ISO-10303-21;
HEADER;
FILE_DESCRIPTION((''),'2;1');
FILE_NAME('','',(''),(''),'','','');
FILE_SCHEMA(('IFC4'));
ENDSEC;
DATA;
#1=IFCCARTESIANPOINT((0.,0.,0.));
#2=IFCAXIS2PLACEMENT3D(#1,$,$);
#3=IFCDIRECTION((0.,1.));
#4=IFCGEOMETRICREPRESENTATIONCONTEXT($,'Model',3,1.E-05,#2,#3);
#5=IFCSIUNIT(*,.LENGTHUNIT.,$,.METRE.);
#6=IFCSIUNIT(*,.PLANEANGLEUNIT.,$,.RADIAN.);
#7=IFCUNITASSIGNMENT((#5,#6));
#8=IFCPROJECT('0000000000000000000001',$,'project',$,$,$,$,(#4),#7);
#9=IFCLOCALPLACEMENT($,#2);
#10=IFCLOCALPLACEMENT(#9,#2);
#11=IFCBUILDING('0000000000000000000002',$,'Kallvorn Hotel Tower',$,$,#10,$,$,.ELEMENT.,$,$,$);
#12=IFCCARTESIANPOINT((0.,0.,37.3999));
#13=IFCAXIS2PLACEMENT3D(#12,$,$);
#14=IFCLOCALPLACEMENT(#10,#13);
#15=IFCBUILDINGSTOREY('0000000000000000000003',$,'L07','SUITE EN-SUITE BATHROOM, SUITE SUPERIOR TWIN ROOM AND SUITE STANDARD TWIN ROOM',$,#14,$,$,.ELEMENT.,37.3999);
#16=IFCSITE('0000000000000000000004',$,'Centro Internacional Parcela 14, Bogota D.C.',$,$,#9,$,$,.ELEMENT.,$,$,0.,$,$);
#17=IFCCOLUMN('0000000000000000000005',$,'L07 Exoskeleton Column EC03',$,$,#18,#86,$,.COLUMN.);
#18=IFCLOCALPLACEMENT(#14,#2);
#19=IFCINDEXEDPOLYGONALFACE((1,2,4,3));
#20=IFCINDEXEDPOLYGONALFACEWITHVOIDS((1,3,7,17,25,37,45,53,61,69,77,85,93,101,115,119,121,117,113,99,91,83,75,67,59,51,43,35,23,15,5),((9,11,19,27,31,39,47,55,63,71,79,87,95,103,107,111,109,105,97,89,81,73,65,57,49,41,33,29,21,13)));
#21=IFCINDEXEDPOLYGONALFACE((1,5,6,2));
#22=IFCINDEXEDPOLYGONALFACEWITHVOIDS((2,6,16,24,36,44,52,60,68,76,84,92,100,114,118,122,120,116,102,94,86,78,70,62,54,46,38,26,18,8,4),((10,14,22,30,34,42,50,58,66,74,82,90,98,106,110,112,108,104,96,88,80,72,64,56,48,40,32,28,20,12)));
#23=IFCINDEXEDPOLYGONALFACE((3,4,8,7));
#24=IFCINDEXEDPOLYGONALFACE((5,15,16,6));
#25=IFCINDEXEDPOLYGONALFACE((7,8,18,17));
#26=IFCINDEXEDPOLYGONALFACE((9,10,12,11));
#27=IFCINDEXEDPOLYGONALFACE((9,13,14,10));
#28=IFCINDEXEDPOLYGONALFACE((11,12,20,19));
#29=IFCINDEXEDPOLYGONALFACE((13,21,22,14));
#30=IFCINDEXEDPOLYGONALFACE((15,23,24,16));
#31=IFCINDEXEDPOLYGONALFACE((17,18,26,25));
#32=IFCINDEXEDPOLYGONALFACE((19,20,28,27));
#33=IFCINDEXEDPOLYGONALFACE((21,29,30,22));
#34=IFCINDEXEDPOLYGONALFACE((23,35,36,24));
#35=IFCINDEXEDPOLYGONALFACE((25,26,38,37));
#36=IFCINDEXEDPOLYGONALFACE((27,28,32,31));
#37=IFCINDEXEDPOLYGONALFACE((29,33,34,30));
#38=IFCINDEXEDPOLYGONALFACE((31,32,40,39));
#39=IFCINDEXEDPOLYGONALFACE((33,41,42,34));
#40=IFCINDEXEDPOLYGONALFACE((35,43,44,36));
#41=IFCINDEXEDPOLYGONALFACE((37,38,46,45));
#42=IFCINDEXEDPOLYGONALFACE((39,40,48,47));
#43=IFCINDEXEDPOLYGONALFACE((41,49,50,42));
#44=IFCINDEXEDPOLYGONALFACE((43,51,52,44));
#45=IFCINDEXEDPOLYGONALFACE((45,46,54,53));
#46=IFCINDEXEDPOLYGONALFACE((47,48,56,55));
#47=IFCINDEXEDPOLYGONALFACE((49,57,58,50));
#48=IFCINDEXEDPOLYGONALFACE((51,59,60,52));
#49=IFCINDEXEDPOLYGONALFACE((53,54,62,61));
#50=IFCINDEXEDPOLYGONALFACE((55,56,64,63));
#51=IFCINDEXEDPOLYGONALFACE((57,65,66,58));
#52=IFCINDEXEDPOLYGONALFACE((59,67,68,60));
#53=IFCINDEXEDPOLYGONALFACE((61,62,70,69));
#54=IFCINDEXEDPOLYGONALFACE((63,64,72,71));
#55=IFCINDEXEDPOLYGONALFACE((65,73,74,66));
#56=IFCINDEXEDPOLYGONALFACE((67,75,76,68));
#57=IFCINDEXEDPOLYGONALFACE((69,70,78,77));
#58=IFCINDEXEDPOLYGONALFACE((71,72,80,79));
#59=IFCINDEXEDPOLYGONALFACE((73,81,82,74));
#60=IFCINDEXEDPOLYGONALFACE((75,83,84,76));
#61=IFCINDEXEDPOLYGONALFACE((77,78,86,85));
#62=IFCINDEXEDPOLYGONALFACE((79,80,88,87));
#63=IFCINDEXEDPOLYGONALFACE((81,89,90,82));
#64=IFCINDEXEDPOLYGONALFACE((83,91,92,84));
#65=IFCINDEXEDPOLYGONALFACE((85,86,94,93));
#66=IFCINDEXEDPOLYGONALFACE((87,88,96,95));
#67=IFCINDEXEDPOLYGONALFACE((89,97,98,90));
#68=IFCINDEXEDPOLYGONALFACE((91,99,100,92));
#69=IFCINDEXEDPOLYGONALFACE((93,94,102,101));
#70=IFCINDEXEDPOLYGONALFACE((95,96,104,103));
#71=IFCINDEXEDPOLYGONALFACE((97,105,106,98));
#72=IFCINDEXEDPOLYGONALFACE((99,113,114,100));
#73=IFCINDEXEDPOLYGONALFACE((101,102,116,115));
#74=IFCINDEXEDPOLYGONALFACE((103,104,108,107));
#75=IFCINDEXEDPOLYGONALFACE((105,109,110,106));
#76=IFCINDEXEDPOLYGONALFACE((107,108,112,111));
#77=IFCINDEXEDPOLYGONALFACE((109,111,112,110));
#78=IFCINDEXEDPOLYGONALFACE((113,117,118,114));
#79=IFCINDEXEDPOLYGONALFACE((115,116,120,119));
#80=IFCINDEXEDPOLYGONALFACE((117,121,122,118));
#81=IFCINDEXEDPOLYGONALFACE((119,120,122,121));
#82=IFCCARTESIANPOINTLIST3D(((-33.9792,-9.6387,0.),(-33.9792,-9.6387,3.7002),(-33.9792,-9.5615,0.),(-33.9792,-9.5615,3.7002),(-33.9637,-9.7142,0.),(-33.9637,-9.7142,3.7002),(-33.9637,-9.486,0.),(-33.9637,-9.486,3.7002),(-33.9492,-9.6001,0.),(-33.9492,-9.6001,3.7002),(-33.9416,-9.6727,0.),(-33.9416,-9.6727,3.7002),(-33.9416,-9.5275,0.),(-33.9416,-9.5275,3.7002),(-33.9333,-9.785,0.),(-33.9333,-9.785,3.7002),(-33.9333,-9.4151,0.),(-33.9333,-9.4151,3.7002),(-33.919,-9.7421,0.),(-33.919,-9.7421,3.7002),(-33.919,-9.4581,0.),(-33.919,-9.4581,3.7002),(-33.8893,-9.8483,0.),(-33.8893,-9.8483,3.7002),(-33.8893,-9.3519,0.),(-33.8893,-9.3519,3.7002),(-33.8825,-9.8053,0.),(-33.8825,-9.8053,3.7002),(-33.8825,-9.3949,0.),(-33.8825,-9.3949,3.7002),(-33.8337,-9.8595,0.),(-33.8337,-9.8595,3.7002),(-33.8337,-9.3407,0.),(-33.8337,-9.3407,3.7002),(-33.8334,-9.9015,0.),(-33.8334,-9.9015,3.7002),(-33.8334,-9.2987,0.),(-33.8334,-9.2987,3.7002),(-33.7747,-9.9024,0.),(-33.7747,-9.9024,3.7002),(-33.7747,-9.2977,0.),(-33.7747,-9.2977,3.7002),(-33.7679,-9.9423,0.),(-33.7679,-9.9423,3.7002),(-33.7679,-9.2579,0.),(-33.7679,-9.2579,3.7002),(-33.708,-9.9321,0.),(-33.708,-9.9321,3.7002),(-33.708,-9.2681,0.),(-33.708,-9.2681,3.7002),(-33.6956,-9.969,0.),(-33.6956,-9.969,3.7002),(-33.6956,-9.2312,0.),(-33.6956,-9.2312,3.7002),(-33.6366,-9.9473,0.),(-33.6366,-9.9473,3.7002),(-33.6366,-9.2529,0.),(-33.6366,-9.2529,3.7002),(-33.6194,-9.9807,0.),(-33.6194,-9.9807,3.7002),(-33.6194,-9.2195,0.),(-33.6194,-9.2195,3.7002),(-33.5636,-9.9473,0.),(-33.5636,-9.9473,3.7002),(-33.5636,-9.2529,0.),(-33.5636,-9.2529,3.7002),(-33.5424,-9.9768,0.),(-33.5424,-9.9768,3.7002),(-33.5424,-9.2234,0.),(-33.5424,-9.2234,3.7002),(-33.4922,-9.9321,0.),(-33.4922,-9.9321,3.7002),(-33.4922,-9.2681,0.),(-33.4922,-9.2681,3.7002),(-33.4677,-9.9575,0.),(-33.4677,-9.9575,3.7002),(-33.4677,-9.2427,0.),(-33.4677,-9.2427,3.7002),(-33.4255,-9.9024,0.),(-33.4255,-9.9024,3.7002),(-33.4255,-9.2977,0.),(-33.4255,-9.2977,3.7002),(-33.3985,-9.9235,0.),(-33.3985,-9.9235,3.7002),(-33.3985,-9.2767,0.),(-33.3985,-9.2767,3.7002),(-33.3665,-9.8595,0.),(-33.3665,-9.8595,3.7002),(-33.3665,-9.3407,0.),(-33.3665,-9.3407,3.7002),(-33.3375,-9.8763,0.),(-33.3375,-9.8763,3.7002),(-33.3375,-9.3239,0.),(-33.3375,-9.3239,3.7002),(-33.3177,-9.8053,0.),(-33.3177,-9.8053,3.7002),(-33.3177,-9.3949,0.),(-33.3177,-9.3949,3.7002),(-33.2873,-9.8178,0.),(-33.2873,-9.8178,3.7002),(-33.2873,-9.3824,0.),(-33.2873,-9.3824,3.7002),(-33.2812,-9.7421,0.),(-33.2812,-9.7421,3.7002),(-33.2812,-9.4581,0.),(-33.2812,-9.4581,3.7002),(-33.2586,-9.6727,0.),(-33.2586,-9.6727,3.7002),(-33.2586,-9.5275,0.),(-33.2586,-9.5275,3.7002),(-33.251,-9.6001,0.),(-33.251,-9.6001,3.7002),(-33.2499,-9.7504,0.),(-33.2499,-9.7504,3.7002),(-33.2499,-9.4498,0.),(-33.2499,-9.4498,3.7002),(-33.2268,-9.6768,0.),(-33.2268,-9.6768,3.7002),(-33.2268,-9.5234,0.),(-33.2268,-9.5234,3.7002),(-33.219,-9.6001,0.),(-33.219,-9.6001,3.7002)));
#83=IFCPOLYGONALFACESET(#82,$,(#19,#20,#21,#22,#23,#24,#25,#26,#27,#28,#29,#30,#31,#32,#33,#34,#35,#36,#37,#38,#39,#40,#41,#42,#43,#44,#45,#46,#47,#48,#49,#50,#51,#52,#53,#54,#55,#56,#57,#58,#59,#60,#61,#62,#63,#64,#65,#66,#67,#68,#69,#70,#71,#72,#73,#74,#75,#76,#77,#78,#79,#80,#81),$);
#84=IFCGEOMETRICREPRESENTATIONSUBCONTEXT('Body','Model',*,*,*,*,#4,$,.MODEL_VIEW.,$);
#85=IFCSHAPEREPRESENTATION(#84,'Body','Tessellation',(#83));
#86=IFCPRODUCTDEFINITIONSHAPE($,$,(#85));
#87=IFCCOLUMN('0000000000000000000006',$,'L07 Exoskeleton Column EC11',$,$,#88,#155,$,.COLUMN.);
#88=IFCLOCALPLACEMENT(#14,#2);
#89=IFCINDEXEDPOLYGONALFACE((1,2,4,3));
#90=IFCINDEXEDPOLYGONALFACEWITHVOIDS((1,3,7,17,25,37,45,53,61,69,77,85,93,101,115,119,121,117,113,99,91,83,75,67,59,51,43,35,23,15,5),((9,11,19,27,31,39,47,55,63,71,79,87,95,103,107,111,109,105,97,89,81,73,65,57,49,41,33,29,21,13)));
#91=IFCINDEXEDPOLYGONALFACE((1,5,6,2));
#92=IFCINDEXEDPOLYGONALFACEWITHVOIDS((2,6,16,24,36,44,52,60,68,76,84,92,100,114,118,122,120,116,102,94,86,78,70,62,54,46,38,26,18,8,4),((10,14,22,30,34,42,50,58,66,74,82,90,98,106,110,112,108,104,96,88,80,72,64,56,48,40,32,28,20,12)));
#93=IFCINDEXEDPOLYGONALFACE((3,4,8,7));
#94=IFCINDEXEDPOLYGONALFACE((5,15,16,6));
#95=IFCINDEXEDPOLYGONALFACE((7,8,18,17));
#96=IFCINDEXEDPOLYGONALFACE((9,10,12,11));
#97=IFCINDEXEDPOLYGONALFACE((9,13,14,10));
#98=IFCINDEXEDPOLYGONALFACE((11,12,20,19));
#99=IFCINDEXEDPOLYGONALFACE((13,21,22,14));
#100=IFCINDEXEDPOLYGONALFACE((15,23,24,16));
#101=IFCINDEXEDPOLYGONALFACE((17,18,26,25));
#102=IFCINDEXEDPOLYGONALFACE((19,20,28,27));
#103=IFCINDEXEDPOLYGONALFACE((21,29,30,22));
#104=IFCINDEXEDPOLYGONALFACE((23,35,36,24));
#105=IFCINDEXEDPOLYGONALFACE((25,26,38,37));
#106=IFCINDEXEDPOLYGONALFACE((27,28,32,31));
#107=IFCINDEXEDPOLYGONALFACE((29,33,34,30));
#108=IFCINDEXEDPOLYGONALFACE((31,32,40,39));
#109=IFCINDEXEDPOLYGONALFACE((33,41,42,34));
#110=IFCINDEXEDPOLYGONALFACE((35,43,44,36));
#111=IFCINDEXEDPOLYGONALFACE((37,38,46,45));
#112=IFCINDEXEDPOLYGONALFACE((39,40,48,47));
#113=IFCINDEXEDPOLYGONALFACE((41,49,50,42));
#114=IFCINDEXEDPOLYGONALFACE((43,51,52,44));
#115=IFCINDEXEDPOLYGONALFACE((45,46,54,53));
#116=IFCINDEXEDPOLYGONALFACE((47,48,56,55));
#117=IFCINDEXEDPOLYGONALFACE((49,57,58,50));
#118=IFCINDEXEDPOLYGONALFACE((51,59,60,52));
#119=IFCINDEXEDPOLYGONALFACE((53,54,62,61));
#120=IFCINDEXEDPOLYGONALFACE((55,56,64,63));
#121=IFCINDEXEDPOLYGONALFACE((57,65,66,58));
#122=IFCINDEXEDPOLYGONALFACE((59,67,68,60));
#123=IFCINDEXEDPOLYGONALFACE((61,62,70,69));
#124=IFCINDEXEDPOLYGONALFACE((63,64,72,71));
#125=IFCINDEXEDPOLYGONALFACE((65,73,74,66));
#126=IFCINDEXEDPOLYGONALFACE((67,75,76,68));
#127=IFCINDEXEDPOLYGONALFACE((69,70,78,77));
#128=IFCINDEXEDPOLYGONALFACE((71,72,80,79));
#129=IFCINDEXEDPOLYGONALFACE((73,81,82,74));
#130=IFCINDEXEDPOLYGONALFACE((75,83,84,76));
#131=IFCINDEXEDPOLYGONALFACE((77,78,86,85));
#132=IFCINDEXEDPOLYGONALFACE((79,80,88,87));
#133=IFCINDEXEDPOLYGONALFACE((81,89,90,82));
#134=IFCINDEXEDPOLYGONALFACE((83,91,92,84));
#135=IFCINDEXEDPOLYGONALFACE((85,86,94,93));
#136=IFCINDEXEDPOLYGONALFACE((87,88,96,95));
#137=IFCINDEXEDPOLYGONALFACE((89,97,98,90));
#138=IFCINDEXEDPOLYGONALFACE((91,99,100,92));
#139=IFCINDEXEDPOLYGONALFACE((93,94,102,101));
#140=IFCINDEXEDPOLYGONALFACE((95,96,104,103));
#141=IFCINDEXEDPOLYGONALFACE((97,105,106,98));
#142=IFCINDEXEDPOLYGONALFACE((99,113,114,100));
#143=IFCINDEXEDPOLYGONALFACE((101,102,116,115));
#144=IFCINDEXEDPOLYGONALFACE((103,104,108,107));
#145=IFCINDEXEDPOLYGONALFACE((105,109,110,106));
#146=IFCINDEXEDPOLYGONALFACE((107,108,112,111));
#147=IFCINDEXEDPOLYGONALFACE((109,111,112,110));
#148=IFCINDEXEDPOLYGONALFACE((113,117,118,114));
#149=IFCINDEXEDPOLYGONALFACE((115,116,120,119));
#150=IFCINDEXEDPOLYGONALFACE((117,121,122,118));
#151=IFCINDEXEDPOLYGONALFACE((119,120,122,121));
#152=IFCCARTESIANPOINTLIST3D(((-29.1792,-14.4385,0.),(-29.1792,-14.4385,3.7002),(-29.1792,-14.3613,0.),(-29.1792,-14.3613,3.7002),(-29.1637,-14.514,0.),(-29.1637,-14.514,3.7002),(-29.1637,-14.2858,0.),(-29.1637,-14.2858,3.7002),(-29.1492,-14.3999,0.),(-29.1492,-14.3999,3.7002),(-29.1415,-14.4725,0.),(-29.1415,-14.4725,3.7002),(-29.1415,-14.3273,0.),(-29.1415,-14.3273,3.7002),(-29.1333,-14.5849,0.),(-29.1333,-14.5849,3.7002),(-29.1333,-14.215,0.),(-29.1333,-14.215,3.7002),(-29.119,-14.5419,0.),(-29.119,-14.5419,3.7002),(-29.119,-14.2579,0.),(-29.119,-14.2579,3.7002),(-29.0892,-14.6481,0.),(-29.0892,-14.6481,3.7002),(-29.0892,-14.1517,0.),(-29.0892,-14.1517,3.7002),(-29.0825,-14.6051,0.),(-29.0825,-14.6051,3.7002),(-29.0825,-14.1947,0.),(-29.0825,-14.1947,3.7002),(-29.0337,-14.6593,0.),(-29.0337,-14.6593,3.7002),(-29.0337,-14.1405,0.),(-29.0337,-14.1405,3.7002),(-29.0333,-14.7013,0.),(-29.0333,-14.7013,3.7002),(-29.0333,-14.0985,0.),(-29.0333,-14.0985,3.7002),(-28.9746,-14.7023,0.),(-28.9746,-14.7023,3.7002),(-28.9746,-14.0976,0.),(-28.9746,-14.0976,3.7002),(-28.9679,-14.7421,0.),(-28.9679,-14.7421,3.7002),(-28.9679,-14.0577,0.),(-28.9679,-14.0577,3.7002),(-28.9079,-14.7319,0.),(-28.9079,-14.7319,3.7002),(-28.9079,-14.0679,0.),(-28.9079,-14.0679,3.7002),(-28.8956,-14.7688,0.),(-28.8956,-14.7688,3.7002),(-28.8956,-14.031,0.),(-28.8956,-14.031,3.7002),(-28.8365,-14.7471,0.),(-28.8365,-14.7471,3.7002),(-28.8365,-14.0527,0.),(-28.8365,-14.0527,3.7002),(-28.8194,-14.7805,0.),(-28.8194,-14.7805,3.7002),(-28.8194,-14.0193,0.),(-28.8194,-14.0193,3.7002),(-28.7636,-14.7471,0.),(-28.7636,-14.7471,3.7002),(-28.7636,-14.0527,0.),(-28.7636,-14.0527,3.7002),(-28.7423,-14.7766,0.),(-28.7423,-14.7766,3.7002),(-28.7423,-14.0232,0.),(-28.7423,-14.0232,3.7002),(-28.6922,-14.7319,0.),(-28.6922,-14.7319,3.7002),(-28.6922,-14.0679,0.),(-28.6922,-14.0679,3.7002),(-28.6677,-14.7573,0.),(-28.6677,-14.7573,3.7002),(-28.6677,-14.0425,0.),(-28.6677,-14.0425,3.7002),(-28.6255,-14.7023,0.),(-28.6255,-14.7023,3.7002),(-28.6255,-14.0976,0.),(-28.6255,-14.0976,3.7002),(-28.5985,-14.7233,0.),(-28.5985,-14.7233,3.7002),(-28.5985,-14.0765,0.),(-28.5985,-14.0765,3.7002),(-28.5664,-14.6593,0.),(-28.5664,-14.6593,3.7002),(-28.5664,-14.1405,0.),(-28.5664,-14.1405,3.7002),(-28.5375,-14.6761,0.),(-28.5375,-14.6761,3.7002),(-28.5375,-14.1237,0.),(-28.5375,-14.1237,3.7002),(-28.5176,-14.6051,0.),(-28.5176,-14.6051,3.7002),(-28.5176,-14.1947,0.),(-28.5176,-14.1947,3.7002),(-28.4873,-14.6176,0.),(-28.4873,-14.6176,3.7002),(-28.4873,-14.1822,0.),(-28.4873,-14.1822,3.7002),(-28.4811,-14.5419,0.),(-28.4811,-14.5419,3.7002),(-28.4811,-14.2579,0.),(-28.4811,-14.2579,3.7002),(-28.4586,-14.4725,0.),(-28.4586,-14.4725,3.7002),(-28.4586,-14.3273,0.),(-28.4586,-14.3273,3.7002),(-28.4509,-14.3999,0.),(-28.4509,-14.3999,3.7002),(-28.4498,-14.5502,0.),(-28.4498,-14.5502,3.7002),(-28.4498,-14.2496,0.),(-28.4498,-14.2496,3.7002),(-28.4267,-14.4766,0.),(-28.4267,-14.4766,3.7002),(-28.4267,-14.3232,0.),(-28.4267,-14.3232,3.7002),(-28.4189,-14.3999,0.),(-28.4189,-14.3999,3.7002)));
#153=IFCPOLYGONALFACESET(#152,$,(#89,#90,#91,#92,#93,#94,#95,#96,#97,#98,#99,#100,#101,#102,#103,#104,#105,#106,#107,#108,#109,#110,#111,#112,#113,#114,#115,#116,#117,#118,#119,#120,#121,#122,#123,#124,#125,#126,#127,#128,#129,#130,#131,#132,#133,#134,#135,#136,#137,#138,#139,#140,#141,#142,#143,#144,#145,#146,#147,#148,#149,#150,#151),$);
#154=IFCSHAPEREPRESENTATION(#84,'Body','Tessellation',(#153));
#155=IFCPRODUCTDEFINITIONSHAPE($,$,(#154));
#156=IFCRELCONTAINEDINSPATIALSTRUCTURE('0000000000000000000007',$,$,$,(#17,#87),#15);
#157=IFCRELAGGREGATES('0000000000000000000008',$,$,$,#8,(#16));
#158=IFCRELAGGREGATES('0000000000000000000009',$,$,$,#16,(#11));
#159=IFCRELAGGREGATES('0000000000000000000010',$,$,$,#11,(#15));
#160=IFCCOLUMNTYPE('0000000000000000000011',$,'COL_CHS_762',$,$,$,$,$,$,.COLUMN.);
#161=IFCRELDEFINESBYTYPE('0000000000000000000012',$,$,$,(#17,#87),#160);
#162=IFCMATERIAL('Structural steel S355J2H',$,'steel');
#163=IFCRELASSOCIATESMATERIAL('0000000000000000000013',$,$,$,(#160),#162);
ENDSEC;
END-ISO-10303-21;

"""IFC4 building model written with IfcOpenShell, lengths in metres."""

from ifc_helpers import new_model, si_unit, direction, frame, origin, origin_2d, place, context, subcontext, project, spatial, hollow_circle, extrude, material, material_profile, profile_set, type_object, element, save


model = new_model("IFC4")

# Units and contexts
model_context = context("Model", 3, precision=1e-05, world=origin(), true_north=direction((0.0, 1.0)))
body_context = subcontext(model_context, "Body", "Model", "MODEL_VIEW")
ifc_project = project(units=[si_unit("LENGTHUNIT", "METRE"), si_unit("PLANEANGLEUNIT", "RADIAN")], contexts=[model_context])

# Site, building, storey
site_placement = place(None, origin())
site = spatial("IfcSite", under=ifc_project, at=site_placement, Name="Centro Internacional Parcela 14, Bogota D.C.", CompositionType="ELEMENT", RefElevation=0.0)
building_placement = place(site_placement, origin())
building = spatial("IfcBuilding", under=site, at=building_placement, Name="Kallvorn Hotel Tower", CompositionType="ELEMENT")
storey_placement = place(building_placement, frame((0.0, 0.0, 37.3999)))
storey = spatial("IfcBuildingStorey", under=building, at=storey_placement, Name="L07", Description="SUITE EN-SUITE BATHROOM, SUITE SUPERIOR TWIN ROOM AND SUITE STANDARD TWIN ROOM", CompositionType="ELEMENT", Elevation=37.3999)

# Columns
ifc_material_1 = material(Name="Structural steel S355J2H", Category="steel")
ifc_material_profile_1 = material_profile(ifc_material_1, hollow_circle(Radius=0.3811, WallThickness=0.032, at=origin_2d()), Name="CHS 762x32")
ifc_profile_set_1 = profile_set([ifc_material_profile_1], Name="Structural steel S355J2H")
column_type = type_object("IfcColumnType", Name="COL_CHS_762", PredefinedType="COLUMN", material=ifc_profile_set_1)
for number, where, z_axis, x_axis, name in (
    (1, (-33.6001, -9.6001, 0.0), (0.0, 0.0, 1.0), (1.0, 0.0, 0.0), "L07 Exoskeleton Column EC03"),
    (2, (-28.8, -14.3999, 0.0), (0.0, 0.0, 1.0), (1.0, 0.0, 0.0), "L07 Exoskeleton Column EC11"),
):
    element("IfcColumn", number, at=place(storey_placement, frame(where, z_axis=z_axis, x_axis=x_axis)), inside=storey, type_object=column_type, Name=name, PredefinedType="COLUMN", context=body_context, shape_type="SweptSolid", body=[
        extrude(hollow_circle(Radius=0.3811, WallThickness=0.032, at=origin_2d()), origin(), (0.0, 0.0, 1.0), 3.7002),
    ])

save(model, "model.ifc")
